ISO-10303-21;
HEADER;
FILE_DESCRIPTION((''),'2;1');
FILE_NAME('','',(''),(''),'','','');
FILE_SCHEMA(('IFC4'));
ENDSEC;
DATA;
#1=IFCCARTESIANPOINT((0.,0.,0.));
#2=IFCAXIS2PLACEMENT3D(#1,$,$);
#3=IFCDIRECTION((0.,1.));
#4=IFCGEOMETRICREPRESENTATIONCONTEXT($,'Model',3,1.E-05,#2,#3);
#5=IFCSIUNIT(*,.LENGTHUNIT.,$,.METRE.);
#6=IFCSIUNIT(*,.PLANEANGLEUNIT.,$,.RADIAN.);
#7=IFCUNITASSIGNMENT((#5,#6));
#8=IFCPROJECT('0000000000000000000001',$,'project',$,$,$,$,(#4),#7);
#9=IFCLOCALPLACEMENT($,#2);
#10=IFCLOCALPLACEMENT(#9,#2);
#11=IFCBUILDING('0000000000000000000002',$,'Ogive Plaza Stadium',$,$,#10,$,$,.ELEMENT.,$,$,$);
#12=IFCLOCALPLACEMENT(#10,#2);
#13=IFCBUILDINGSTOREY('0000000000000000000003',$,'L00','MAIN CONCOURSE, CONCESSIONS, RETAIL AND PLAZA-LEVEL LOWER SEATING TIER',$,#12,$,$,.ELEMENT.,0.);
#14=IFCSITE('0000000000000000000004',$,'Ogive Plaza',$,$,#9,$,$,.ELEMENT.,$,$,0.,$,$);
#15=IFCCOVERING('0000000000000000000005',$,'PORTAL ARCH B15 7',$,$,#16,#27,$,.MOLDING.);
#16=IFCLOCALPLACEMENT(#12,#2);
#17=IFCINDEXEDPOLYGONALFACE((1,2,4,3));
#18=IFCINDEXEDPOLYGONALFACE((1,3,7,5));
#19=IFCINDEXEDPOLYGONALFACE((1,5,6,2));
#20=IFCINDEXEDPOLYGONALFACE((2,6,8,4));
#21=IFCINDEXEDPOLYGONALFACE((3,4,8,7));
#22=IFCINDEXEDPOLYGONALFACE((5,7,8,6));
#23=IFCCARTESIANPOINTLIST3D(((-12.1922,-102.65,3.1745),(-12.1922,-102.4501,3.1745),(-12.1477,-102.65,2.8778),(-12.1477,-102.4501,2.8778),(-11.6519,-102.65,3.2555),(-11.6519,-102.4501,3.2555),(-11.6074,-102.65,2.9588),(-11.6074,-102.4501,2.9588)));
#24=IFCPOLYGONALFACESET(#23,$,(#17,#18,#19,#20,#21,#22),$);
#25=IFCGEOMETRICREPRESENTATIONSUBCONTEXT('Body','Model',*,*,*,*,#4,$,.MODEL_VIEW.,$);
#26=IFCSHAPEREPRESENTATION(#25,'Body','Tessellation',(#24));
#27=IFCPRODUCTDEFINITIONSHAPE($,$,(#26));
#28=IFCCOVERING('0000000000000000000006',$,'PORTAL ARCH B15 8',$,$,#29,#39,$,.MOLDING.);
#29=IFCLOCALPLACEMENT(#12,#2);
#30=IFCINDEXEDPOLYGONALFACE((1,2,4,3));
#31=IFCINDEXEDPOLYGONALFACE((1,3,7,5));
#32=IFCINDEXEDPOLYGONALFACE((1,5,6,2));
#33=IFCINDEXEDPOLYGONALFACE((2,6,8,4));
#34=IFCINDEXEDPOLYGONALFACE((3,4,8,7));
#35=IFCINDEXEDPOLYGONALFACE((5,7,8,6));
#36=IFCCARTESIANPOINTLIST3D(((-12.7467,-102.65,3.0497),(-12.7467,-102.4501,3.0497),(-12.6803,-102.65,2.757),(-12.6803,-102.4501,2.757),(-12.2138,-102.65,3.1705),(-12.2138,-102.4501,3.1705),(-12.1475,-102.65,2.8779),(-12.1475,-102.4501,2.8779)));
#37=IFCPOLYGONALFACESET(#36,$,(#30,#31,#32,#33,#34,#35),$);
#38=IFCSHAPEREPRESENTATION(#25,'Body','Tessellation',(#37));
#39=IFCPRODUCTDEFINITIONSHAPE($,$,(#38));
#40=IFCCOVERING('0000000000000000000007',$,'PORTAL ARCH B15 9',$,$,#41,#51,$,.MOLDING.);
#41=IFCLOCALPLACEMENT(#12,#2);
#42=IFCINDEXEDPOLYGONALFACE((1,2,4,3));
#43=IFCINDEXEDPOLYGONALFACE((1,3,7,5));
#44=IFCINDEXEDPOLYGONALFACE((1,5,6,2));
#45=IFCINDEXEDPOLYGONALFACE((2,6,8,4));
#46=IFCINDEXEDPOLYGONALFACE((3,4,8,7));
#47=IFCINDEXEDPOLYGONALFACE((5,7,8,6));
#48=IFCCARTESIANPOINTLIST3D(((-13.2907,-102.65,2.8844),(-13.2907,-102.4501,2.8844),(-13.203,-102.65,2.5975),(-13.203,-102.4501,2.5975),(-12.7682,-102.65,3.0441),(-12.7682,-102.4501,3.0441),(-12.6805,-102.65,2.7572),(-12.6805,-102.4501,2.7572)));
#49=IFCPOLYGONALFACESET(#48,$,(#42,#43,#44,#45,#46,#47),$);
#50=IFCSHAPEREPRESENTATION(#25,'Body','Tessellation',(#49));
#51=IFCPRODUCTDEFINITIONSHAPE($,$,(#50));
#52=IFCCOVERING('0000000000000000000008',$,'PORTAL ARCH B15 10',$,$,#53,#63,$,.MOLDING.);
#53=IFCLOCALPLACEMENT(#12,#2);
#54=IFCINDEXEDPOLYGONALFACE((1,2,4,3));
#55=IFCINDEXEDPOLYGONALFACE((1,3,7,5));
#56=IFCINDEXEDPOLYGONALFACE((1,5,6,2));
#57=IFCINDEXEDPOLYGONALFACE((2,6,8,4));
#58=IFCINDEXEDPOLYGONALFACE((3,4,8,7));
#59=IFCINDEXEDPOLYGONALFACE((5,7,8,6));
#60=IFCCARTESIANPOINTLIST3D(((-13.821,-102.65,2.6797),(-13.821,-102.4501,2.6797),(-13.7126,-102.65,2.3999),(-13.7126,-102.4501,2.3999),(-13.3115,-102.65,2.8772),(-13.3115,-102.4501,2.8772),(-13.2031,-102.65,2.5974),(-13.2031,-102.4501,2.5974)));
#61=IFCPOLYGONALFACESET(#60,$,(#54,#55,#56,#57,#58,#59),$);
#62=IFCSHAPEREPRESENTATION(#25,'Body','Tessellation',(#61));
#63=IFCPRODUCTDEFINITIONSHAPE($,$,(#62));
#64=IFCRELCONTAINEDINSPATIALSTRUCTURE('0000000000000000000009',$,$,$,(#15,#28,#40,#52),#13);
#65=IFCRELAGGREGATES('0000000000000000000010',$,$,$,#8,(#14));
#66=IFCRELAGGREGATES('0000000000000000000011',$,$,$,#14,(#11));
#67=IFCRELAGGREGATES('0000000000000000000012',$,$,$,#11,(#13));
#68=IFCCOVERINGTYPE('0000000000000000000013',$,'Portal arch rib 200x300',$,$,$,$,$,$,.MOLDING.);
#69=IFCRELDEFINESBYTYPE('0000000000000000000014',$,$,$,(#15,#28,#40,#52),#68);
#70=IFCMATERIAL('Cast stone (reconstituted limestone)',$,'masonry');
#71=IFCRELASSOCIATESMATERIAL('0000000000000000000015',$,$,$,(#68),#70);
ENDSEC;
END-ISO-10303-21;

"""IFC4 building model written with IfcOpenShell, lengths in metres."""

from ifc_helpers import new_model, si_unit, direction, frame, origin, origin_2d, place, context, subcontext, project, spatial, rectangle, extrude, material, material_profile, profile_set, type_object, element, save


model = new_model("IFC4")

# Units and contexts
model_context = context("Model", 3, precision=1e-05, world=origin(), true_north=direction((0.0, 1.0)))
body_context = subcontext(model_context, "Body", "Model", "MODEL_VIEW")
ifc_project = project(units=[si_unit("LENGTHUNIT", "METRE"), si_unit("PLANEANGLEUNIT", "RADIAN")], contexts=[model_context])

# Site, building, storey
site_placement = place(None, origin())
site = spatial("IfcSite", under=ifc_project, at=site_placement, Name="Ogive Plaza", CompositionType="ELEMENT", RefElevation=0.0)
building_placement = place(site_placement, origin())
building = spatial("IfcBuilding", under=site, at=building_placement, Name="Ogive Plaza Stadium", CompositionType="ELEMENT")
storey_placement = place(building_placement, origin())
storey = spatial("IfcBuildingStorey", under=building, at=storey_placement, Name="L00", Description="MAIN CONCOURSE, CONCESSIONS, RETAIL AND PLAZA-LEVEL LOWER SEATING TIER", CompositionType="ELEMENT", Elevation=0.0)

# Coverings
ifc_material_1 = material(Name="Cast stone (reconstituted limestone)", Category="masonry")
ifc_material_profile_1 = material_profile(ifc_material_1, rectangle(XDim=0.2, YDim=0.3, at=origin_2d()), Name="Cast stone 200x300")
ifc_profile_set_1 = profile_set([ifc_material_profile_1], Name="Cast stone (reconstituted limestone)")
covering_type = type_object("IfcCoveringType", Name="Portal arch rib 200x300", PredefinedType="MOLDING", material=ifc_profile_set_1)
for number, where, z_axis, x_axis, name in (
    (1, (-11.6296, -102.55, 3.1072), (-0.988933, 0.0, -0.148362), (0.0, -1.0, 0.0), "PORTAL ARCH B15 7"),
    (2, (-12.1807, -102.55, 3.0242), (-0.975242, 0.0, -0.221138), (0.0, -1.0, 0.0), "PORTAL ARCH B15 8"),
    (3, (-12.7244, -102.55, 2.9006), (-0.956338, 0.0, -0.292264), (0.0, -1.0, 0.0), "PORTAL ARCH B15 9"),
    (4, (-13.2573, -102.55, 2.7373), (-0.932398, 0.0, -0.361433), (0.0, -1.0, 0.0), "PORTAL ARCH B15 10"),
):
    element("IfcCovering", number, at=place(storey_placement, frame(where, z_axis=z_axis, x_axis=x_axis)), inside=storey, type_object=covering_type, Name=name, PredefinedType="MOLDING", context=body_context, shape_type="SweptSolid", body=[
        extrude(rectangle(XDim=0.2, YDim=0.3, at=origin_2d()), origin(), (0.0, 0.0, 1.0), 0.5464),
    ])

save(model, "model.ifc")
